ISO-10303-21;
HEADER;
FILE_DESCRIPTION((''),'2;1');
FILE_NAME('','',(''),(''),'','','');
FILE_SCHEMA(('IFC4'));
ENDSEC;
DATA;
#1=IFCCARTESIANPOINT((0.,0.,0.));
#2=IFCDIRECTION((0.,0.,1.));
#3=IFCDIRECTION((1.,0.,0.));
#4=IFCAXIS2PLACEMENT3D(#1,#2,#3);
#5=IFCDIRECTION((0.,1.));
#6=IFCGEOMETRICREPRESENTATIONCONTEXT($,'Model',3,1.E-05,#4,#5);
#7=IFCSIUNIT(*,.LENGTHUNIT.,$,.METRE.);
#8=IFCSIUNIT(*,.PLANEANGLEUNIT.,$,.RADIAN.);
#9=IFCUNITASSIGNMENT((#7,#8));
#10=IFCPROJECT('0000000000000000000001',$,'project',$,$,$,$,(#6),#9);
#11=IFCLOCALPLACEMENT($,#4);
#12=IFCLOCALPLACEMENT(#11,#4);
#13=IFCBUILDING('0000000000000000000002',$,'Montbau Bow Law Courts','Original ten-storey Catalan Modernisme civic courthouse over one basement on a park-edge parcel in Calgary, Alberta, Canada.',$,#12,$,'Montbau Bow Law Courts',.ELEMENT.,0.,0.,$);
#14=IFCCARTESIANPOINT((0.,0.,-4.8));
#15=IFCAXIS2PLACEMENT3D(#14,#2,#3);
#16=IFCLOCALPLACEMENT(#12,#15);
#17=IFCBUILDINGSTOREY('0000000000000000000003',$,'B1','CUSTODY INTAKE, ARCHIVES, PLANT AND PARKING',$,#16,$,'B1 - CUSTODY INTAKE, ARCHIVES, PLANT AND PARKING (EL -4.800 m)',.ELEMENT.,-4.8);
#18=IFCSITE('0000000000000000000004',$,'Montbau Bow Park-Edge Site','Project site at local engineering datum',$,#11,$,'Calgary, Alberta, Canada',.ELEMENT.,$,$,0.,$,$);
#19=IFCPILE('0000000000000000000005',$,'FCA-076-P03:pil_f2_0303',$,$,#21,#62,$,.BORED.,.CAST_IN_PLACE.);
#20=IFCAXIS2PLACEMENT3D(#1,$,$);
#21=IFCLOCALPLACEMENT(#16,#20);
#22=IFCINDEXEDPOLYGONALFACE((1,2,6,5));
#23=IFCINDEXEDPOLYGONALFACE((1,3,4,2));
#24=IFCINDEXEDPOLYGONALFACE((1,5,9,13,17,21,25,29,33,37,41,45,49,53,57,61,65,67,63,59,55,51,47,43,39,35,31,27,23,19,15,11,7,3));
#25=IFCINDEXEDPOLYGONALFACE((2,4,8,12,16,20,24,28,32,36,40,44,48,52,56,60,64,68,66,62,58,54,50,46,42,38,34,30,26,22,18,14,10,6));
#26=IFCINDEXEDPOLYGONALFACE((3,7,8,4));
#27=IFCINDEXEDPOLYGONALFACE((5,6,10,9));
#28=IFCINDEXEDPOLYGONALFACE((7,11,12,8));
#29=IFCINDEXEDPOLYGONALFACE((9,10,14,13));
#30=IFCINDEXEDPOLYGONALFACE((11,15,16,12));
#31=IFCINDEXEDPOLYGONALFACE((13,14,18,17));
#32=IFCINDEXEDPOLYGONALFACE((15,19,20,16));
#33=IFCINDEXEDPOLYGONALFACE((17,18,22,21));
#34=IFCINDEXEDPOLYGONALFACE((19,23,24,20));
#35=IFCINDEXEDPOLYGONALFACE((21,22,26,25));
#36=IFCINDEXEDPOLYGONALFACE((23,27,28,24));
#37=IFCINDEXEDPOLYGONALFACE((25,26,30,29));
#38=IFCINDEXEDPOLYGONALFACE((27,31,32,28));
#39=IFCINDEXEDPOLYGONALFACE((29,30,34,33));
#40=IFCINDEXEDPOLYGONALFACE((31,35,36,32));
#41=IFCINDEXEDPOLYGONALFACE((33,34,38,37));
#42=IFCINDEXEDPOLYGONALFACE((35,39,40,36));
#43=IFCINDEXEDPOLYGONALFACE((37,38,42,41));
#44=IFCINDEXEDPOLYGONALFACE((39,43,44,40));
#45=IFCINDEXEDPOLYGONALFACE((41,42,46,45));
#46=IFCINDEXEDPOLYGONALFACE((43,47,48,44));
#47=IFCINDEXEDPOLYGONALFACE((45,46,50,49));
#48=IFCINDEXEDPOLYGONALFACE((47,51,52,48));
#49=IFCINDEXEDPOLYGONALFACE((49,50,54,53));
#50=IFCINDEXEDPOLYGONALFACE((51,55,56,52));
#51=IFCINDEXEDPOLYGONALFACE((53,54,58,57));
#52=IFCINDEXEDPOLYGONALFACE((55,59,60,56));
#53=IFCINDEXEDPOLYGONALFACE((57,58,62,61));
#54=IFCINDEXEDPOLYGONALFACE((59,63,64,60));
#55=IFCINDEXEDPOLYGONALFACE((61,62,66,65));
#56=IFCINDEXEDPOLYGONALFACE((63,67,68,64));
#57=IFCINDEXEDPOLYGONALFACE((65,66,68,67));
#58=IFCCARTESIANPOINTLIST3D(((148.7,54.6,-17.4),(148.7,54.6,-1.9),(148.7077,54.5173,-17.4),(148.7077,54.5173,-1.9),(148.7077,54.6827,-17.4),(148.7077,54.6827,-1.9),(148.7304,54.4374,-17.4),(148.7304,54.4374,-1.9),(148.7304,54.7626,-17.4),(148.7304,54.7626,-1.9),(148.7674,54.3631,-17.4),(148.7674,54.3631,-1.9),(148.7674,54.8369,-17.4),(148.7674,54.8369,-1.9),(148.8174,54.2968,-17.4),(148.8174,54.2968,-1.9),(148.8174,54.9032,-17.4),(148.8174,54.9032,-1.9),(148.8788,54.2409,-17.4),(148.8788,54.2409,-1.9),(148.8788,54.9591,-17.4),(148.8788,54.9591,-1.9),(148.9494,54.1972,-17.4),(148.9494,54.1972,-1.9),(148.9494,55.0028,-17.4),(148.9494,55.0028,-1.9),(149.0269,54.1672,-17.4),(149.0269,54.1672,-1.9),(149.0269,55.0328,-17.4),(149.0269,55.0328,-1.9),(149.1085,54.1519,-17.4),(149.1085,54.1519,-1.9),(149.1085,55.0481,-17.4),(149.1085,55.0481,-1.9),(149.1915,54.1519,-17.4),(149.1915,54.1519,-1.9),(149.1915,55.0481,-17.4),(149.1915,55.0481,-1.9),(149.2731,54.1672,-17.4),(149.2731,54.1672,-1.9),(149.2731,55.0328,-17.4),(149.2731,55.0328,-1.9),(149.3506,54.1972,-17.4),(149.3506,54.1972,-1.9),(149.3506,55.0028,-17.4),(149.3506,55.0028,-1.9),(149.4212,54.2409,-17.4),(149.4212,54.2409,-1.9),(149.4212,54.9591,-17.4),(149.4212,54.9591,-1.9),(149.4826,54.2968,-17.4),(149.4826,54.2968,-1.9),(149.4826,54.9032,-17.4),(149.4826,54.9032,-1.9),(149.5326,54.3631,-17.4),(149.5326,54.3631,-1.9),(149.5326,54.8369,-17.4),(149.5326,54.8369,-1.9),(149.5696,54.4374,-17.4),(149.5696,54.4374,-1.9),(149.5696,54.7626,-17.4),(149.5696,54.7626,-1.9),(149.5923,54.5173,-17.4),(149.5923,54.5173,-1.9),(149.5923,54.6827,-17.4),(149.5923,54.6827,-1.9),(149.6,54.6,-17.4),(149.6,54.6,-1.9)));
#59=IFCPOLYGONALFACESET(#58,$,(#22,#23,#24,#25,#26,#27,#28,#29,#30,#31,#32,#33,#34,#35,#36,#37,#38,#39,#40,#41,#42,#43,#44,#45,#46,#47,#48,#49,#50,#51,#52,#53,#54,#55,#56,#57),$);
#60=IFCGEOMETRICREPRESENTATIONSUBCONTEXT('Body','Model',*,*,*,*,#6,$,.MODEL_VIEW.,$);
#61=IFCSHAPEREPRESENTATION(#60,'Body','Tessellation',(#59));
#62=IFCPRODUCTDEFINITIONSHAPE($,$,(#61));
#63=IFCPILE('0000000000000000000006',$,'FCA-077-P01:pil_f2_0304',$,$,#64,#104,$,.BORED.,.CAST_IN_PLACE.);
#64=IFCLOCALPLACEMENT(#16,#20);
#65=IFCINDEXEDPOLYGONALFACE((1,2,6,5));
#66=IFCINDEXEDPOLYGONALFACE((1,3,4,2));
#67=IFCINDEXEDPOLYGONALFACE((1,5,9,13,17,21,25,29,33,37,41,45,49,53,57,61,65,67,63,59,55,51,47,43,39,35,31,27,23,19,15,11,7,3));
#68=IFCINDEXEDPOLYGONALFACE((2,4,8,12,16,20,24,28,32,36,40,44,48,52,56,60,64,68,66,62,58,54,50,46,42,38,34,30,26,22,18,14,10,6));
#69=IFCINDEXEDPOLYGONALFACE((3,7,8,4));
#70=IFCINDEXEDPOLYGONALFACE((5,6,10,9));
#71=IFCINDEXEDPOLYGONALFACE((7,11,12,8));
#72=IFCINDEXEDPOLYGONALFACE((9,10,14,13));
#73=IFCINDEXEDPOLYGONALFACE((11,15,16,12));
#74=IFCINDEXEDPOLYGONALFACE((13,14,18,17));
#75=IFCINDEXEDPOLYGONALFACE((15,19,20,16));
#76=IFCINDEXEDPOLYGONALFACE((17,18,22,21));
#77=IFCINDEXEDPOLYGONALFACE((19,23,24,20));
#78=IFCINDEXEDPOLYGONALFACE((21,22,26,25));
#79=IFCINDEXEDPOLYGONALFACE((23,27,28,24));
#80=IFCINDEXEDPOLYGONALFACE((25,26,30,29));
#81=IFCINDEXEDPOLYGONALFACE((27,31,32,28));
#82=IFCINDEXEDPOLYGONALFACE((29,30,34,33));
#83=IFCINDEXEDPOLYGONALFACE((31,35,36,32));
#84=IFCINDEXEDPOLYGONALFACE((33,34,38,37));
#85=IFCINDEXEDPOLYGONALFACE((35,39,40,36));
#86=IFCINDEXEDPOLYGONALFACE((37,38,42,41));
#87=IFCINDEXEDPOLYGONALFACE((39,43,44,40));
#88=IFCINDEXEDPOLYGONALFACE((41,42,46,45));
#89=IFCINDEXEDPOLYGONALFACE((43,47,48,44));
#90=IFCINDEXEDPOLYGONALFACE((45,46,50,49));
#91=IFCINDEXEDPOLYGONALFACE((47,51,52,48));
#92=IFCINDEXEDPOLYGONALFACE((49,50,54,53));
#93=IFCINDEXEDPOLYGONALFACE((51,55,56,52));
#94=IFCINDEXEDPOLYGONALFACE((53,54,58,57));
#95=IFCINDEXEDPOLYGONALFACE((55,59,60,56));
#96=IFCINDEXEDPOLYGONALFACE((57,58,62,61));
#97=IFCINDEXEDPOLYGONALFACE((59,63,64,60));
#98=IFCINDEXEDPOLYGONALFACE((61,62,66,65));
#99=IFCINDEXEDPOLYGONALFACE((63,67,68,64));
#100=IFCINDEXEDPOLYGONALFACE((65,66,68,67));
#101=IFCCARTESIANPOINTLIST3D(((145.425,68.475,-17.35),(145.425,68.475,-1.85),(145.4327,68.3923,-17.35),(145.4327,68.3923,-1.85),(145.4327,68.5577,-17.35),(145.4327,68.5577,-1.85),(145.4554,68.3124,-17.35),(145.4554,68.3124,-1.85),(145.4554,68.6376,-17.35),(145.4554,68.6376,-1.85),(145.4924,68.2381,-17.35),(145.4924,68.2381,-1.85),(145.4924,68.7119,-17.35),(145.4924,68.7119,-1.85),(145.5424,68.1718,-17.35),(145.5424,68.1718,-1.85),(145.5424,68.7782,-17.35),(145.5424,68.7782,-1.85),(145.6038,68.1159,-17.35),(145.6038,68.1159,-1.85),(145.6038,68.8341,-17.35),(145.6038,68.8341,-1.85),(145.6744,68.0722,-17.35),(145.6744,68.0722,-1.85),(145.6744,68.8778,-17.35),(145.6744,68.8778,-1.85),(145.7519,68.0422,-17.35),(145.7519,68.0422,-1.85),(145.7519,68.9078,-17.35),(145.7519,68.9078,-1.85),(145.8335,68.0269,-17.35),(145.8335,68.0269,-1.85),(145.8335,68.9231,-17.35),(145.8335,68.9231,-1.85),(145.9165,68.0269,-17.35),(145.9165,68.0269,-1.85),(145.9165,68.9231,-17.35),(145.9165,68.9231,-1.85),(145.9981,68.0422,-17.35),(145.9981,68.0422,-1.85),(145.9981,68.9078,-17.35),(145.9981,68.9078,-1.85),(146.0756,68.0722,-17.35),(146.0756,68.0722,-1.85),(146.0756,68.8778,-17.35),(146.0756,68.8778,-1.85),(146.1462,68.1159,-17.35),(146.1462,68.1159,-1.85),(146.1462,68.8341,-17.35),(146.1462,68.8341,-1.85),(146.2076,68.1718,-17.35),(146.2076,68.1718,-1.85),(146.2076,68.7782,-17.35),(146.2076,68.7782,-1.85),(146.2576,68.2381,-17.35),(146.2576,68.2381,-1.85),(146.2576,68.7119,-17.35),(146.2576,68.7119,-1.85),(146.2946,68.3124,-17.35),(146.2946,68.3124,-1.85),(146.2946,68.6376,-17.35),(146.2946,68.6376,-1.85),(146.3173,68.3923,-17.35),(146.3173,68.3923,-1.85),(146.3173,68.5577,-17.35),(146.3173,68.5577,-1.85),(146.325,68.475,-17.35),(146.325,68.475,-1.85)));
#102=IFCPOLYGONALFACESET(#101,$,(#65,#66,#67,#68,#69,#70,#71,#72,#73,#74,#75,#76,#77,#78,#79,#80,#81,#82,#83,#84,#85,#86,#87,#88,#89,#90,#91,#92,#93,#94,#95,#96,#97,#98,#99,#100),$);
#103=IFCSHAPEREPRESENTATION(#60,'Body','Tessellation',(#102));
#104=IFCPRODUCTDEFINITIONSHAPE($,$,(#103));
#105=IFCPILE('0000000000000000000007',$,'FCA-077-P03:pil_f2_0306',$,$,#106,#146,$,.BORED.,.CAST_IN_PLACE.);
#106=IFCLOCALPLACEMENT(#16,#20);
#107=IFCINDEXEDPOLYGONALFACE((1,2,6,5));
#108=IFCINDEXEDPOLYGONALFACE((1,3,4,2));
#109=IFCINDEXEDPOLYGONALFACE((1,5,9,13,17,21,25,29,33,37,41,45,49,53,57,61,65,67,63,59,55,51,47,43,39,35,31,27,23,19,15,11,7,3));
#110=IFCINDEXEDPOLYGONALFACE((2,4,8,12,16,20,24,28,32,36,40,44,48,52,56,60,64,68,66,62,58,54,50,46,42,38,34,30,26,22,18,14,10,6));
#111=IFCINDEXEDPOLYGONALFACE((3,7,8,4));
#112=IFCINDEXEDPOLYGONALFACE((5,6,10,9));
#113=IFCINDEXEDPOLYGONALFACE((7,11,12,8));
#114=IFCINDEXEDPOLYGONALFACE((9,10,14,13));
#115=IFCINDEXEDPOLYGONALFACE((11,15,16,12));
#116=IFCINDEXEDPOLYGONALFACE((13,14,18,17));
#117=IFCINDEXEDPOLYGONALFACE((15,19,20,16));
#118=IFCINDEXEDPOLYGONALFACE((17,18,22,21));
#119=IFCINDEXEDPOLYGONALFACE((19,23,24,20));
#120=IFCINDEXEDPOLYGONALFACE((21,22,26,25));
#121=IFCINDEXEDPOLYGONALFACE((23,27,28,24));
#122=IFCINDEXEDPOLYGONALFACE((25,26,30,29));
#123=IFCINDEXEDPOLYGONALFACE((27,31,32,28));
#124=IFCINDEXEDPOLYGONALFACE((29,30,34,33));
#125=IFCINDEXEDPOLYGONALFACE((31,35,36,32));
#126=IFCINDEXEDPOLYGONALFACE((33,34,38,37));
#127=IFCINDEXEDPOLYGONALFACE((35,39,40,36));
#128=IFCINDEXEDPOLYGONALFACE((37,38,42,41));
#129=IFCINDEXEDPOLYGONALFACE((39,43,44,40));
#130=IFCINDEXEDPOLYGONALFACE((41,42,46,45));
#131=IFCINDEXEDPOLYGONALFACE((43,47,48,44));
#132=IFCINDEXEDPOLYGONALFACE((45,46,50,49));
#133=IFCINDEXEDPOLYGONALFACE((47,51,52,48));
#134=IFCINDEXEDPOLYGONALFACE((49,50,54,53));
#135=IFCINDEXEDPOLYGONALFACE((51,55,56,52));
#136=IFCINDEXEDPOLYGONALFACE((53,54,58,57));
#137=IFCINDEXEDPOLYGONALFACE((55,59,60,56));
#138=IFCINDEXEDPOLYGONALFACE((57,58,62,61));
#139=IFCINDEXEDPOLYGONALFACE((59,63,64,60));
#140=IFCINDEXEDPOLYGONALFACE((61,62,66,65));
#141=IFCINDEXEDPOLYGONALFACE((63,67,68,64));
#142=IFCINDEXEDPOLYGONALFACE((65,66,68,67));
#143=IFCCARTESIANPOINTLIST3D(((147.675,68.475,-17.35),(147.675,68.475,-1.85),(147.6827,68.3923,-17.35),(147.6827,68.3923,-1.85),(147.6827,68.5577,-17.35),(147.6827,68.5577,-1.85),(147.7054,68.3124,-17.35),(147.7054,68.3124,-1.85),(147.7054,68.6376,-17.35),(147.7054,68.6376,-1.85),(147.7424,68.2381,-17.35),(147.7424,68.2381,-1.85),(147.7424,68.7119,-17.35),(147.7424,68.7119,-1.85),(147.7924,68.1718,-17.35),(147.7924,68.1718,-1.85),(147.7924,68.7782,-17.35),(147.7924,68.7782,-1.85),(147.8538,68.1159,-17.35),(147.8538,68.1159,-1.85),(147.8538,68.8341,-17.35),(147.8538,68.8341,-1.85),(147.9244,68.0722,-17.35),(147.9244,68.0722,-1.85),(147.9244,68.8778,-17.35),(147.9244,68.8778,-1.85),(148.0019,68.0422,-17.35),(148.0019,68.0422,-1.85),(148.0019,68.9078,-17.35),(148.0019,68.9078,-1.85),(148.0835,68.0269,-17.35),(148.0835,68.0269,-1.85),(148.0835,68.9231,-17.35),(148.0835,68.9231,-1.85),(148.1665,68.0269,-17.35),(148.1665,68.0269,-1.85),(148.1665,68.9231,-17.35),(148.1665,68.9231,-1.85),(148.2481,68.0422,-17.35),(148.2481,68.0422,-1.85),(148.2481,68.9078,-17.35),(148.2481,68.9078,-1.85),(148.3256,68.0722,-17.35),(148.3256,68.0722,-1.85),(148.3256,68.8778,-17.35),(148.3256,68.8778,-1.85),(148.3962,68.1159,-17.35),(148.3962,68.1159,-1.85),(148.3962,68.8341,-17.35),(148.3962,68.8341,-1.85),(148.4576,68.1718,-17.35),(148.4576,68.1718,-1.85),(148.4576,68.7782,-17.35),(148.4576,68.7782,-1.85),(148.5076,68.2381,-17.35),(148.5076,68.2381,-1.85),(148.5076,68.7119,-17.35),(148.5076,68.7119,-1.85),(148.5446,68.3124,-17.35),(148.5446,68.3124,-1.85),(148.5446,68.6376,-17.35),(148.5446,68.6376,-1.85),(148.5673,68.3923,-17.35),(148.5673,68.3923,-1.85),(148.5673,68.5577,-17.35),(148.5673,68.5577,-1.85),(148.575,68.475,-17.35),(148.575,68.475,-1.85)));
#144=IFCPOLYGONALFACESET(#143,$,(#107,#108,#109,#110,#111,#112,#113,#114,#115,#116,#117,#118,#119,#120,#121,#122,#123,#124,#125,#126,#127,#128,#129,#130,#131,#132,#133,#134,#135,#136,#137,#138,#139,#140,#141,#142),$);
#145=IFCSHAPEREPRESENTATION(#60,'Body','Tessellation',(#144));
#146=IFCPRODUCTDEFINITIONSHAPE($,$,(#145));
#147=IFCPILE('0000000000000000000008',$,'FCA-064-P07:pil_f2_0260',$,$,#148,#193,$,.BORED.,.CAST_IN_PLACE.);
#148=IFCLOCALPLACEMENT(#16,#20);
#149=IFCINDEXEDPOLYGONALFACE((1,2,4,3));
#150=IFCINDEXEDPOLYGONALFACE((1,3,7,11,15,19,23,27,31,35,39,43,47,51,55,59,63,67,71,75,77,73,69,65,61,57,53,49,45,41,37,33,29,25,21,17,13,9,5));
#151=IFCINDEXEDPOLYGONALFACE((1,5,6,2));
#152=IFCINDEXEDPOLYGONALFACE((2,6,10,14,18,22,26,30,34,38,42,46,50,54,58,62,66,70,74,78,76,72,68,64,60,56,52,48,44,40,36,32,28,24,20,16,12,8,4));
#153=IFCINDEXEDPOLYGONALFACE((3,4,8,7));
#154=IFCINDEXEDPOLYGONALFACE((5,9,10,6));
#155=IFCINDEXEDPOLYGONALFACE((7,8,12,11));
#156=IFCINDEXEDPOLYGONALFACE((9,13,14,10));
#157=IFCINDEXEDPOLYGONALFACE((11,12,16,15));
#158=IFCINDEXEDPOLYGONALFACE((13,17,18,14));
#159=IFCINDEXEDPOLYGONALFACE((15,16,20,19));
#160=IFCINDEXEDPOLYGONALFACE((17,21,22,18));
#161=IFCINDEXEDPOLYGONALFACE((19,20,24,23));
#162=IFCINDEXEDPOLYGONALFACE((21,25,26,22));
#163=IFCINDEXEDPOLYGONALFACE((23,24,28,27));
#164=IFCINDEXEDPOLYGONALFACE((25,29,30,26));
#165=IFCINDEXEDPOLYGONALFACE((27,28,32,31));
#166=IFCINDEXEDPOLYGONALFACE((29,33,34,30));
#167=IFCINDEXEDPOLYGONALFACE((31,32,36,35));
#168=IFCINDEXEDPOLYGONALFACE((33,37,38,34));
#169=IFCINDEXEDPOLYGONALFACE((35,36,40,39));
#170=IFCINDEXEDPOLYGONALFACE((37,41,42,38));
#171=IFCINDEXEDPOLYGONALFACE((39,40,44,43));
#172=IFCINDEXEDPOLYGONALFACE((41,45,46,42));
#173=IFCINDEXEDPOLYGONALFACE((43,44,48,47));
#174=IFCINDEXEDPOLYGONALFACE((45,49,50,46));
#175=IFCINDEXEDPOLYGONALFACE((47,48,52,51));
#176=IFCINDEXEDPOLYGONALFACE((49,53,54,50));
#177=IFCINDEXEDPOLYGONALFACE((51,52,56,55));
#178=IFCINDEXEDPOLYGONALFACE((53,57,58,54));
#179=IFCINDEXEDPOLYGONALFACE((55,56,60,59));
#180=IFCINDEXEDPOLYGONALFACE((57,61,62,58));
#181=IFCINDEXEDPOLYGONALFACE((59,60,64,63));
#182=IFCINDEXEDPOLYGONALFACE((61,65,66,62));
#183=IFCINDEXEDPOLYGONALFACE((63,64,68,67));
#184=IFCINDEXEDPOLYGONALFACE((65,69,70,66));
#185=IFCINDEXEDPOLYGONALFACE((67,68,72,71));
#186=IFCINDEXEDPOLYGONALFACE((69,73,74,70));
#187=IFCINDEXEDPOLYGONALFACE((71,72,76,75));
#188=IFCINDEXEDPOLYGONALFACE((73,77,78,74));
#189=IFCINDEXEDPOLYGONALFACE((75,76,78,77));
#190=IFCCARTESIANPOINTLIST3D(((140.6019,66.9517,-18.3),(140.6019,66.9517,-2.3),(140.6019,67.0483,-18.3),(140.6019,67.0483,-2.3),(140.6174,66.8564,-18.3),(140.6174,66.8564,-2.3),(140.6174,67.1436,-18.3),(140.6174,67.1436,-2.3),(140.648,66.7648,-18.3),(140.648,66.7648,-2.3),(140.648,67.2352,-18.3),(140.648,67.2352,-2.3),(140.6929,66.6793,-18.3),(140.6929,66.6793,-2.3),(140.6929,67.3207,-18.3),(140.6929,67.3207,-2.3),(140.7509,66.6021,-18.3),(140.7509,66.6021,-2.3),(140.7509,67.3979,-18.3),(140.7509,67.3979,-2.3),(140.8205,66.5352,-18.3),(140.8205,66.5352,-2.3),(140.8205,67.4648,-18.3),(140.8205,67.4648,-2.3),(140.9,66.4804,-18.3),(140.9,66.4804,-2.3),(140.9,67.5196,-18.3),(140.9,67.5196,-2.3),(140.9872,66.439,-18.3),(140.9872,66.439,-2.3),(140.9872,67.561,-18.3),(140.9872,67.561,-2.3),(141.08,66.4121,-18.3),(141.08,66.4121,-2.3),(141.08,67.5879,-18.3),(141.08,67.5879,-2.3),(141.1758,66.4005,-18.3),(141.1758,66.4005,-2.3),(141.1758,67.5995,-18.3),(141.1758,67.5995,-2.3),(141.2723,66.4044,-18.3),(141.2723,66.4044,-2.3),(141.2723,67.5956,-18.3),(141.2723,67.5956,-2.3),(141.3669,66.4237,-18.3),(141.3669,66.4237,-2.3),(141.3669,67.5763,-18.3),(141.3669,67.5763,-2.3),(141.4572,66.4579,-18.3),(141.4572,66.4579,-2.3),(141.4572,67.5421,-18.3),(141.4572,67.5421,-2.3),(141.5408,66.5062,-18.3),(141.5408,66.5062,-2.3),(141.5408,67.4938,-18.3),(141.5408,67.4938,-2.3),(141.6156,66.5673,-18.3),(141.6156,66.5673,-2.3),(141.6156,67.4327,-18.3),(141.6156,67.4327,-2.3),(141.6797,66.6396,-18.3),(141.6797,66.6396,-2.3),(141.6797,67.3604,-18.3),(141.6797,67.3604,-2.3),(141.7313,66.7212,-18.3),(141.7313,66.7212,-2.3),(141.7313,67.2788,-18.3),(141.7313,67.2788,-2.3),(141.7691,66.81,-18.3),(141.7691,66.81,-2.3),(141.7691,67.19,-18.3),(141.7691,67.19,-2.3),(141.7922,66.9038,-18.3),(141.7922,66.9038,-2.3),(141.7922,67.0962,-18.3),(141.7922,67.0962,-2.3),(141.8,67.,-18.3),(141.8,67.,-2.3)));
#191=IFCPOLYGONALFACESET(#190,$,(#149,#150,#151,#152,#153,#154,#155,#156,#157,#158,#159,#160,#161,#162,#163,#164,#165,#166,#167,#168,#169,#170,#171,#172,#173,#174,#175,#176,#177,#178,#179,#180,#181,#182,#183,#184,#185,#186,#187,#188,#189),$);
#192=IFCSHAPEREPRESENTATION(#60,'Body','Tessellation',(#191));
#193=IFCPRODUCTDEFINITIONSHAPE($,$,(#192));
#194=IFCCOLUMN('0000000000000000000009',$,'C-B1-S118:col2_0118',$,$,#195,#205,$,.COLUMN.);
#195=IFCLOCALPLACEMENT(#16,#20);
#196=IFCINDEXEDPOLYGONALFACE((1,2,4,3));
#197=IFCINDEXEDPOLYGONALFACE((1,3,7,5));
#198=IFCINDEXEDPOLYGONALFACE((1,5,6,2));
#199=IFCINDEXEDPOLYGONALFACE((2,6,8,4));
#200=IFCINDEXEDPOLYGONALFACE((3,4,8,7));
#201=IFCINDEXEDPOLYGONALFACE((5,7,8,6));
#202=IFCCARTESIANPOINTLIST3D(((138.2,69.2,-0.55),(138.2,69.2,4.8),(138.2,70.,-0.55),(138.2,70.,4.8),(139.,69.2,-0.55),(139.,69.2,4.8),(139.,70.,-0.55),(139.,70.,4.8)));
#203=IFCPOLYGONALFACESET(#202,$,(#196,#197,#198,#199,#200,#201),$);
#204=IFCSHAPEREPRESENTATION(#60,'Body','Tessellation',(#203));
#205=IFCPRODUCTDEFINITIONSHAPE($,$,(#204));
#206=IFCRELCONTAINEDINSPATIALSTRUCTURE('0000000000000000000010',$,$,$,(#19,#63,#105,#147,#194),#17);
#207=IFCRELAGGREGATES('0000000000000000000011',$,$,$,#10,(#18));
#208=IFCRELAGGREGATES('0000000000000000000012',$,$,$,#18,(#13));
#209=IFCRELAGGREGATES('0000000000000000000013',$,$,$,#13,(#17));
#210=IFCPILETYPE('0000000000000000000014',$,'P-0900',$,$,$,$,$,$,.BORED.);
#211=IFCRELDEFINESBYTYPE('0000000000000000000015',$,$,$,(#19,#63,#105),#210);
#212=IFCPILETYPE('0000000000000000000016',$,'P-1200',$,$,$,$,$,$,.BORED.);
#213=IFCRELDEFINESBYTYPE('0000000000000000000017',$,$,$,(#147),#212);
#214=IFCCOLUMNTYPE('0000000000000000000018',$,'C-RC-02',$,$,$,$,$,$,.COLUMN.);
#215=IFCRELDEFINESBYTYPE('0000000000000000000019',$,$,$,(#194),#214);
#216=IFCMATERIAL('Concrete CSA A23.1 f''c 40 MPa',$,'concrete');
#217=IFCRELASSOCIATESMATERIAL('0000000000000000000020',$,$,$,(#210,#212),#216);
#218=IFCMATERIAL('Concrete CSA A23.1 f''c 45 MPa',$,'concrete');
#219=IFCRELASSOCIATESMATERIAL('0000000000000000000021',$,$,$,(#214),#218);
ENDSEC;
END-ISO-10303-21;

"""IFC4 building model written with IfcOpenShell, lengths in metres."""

from ifc_helpers import new_model, si_unit, direction, frame, origin_with_axes, origin_2d_with_axis, place, context, subcontext, project, spatial, rectangle, circle, extrude, material, material_profile, profile_set, type_object, element, save


model = new_model("IFC4")

# Units and contexts
model_context = context("Model", 3, precision=1e-05, world=origin_with_axes(), true_north=direction((0.0, 1.0)))
body_context = subcontext(model_context, "Body", "Model", "MODEL_VIEW")
ifc_project = project(units=[si_unit("LENGTHUNIT", "METRE"), si_unit("PLANEANGLEUNIT", "RADIAN")], contexts=[model_context])

# Site, building, storey
site_placement = place(None, origin_with_axes())
site = spatial("IfcSite", under=ifc_project, at=site_placement, Name="Montbau Bow Park-Edge Site", Description="Project site at local engineering datum", LongName="Calgary, Alberta, Canada", CompositionType="ELEMENT", RefElevation=0.0)
building_placement = place(site_placement, origin_with_axes())
building = spatial("IfcBuilding", under=site, at=building_placement, Name="Montbau Bow Law Courts", Description="Original ten-storey Catalan Modernisme civic courthouse over one basement on a park-edge parcel in Calgary, Alberta, Canada.", LongName="Montbau Bow Law Courts", CompositionType="ELEMENT", ElevationOfRefHeight=0.0, ElevationOfTerrain=0.0)
storey_placement = place(building_placement, frame((0.0, 0.0, -4.8), z_axis=(0.0, 0.0, 1.0), x_axis=(1.0, 0.0, 0.0)))
storey = spatial("IfcBuildingStorey", under=building, at=storey_placement, Name="B1", Description="CUSTODY INTAKE, ARCHIVES, PLANT AND PARKING", LongName="B1 - CUSTODY INTAKE, ARCHIVES, PLANT AND PARKING (EL -4.800 m)", CompositionType="ELEMENT", Elevation=-4.8)

# Piles
ifc_material_1 = material(Name="Concrete CSA A23.1 f'c 40 MPa", Category="concrete")
ifc_material_profile_1 = material_profile(ifc_material_1, circle(Radius=0.45, at=origin_2d_with_axis()), Name="BP900", Category="Main", Priority=0)
ifc_profile_set_1 = profile_set([ifc_material_profile_1], Name="Concrete CSA A23.1 f'c 40 MPa")
pile_type_1 = type_object("IfcPileType", Name="P-0900", PredefinedType="BORED", material=ifc_profile_set_1)
for number, where, z_axis, x_axis, name in (
    (1, (149.15, 54.6, -22.2), (0.0, 0.0, 1.0), (1.0, 0.0, 0.0), "FCA-076-P03:pil_f2_0303"),
    (2, (145.875, 68.475, -22.15), (0.0, 0.0, 1.0), (1.0, 0.0, 0.0), "FCA-077-P01:pil_f2_0304"),
    (3, (148.125, 68.475, -22.15), (0.0, 0.0, 1.0), (1.0, 0.0, 0.0), "FCA-077-P03:pil_f2_0306"),
):
    element("IfcPile", number, at=place(None, frame(where, z_axis=z_axis, x_axis=x_axis)), inside=storey, type_object=pile_type_1, Name=name, ConstructionType="CAST_IN_PLACE", PredefinedType="BORED", context=body_context, shape_type="SweptSolid", body=[
        extrude(circle(Radius=0.45, at=origin_2d_with_axis()), origin_with_axes(), (0.0, 0.0, 1.0), 15.5),
    ])
ifc_material_profile_2 = material_profile(ifc_material_1, circle(Radius=0.6, at=origin_2d_with_axis()), Name="BP1200", Category="Main", Priority=0)
ifc_profile_set_2 = profile_set([ifc_material_profile_2], Name="Concrete CSA A23.1 f'c 40 MPa")
pile_type_2 = type_object("IfcPileType", Name="P-1200", PredefinedType="BORED", material=ifc_profile_set_2)
pile_placement = place(None, frame((141.2, 67.0, -23.1), z_axis=(0.0, 0.0, 1.0), x_axis=(1.0, 0.0, 0.0)))
element("IfcPile", 4, at=pile_placement, inside=storey, type_object=pile_type_2, Name="FCA-064-P07:pil_f2_0260", ConstructionType="CAST_IN_PLACE", PredefinedType="BORED", context=body_context, shape_type="SweptSolid", body=[
    extrude(circle(Radius=0.6, at=origin_2d_with_axis()), origin_with_axes(), (0.0, 0.0, 1.0), 16.0),
])

# Column
ifc_material_2 = material(Name="Concrete CSA A23.1 f'c 45 MPa", Category="concrete")
ifc_material_profile_3 = material_profile(ifc_material_2, rectangle(XDim=0.8, YDim=0.8, at=origin_2d_with_axis()), Name="RC800X800", Category="Main", Priority=0)
ifc_profile_set_3 = profile_set([ifc_material_profile_3], Name="Concrete CSA A23.1 f'c 45 MPa")
column_type_1 = type_object("IfcColumnType", Name="C-RC-02", PredefinedType="COLUMN", material=ifc_profile_set_3)
column_1_placement = place(None, frame((138.6, 69.6, -5.35), z_axis=(0.0, 0.0, 1.0), x_axis=(1.0, 0.0, 0.0)))
element("IfcColumn", 5, at=column_1_placement, inside=storey, type_object=column_type_1, Name="C-B1-S118:col2_0118", PredefinedType="COLUMN", context=body_context, shape_type="SweptSolid", body=[
    extrude(rectangle(XDim=0.8, YDim=0.8, at=origin_2d_with_axis()), origin_with_axes(), (0.0, 0.0, 1.0), 5.35),
])

save(model, "model.ifc")
